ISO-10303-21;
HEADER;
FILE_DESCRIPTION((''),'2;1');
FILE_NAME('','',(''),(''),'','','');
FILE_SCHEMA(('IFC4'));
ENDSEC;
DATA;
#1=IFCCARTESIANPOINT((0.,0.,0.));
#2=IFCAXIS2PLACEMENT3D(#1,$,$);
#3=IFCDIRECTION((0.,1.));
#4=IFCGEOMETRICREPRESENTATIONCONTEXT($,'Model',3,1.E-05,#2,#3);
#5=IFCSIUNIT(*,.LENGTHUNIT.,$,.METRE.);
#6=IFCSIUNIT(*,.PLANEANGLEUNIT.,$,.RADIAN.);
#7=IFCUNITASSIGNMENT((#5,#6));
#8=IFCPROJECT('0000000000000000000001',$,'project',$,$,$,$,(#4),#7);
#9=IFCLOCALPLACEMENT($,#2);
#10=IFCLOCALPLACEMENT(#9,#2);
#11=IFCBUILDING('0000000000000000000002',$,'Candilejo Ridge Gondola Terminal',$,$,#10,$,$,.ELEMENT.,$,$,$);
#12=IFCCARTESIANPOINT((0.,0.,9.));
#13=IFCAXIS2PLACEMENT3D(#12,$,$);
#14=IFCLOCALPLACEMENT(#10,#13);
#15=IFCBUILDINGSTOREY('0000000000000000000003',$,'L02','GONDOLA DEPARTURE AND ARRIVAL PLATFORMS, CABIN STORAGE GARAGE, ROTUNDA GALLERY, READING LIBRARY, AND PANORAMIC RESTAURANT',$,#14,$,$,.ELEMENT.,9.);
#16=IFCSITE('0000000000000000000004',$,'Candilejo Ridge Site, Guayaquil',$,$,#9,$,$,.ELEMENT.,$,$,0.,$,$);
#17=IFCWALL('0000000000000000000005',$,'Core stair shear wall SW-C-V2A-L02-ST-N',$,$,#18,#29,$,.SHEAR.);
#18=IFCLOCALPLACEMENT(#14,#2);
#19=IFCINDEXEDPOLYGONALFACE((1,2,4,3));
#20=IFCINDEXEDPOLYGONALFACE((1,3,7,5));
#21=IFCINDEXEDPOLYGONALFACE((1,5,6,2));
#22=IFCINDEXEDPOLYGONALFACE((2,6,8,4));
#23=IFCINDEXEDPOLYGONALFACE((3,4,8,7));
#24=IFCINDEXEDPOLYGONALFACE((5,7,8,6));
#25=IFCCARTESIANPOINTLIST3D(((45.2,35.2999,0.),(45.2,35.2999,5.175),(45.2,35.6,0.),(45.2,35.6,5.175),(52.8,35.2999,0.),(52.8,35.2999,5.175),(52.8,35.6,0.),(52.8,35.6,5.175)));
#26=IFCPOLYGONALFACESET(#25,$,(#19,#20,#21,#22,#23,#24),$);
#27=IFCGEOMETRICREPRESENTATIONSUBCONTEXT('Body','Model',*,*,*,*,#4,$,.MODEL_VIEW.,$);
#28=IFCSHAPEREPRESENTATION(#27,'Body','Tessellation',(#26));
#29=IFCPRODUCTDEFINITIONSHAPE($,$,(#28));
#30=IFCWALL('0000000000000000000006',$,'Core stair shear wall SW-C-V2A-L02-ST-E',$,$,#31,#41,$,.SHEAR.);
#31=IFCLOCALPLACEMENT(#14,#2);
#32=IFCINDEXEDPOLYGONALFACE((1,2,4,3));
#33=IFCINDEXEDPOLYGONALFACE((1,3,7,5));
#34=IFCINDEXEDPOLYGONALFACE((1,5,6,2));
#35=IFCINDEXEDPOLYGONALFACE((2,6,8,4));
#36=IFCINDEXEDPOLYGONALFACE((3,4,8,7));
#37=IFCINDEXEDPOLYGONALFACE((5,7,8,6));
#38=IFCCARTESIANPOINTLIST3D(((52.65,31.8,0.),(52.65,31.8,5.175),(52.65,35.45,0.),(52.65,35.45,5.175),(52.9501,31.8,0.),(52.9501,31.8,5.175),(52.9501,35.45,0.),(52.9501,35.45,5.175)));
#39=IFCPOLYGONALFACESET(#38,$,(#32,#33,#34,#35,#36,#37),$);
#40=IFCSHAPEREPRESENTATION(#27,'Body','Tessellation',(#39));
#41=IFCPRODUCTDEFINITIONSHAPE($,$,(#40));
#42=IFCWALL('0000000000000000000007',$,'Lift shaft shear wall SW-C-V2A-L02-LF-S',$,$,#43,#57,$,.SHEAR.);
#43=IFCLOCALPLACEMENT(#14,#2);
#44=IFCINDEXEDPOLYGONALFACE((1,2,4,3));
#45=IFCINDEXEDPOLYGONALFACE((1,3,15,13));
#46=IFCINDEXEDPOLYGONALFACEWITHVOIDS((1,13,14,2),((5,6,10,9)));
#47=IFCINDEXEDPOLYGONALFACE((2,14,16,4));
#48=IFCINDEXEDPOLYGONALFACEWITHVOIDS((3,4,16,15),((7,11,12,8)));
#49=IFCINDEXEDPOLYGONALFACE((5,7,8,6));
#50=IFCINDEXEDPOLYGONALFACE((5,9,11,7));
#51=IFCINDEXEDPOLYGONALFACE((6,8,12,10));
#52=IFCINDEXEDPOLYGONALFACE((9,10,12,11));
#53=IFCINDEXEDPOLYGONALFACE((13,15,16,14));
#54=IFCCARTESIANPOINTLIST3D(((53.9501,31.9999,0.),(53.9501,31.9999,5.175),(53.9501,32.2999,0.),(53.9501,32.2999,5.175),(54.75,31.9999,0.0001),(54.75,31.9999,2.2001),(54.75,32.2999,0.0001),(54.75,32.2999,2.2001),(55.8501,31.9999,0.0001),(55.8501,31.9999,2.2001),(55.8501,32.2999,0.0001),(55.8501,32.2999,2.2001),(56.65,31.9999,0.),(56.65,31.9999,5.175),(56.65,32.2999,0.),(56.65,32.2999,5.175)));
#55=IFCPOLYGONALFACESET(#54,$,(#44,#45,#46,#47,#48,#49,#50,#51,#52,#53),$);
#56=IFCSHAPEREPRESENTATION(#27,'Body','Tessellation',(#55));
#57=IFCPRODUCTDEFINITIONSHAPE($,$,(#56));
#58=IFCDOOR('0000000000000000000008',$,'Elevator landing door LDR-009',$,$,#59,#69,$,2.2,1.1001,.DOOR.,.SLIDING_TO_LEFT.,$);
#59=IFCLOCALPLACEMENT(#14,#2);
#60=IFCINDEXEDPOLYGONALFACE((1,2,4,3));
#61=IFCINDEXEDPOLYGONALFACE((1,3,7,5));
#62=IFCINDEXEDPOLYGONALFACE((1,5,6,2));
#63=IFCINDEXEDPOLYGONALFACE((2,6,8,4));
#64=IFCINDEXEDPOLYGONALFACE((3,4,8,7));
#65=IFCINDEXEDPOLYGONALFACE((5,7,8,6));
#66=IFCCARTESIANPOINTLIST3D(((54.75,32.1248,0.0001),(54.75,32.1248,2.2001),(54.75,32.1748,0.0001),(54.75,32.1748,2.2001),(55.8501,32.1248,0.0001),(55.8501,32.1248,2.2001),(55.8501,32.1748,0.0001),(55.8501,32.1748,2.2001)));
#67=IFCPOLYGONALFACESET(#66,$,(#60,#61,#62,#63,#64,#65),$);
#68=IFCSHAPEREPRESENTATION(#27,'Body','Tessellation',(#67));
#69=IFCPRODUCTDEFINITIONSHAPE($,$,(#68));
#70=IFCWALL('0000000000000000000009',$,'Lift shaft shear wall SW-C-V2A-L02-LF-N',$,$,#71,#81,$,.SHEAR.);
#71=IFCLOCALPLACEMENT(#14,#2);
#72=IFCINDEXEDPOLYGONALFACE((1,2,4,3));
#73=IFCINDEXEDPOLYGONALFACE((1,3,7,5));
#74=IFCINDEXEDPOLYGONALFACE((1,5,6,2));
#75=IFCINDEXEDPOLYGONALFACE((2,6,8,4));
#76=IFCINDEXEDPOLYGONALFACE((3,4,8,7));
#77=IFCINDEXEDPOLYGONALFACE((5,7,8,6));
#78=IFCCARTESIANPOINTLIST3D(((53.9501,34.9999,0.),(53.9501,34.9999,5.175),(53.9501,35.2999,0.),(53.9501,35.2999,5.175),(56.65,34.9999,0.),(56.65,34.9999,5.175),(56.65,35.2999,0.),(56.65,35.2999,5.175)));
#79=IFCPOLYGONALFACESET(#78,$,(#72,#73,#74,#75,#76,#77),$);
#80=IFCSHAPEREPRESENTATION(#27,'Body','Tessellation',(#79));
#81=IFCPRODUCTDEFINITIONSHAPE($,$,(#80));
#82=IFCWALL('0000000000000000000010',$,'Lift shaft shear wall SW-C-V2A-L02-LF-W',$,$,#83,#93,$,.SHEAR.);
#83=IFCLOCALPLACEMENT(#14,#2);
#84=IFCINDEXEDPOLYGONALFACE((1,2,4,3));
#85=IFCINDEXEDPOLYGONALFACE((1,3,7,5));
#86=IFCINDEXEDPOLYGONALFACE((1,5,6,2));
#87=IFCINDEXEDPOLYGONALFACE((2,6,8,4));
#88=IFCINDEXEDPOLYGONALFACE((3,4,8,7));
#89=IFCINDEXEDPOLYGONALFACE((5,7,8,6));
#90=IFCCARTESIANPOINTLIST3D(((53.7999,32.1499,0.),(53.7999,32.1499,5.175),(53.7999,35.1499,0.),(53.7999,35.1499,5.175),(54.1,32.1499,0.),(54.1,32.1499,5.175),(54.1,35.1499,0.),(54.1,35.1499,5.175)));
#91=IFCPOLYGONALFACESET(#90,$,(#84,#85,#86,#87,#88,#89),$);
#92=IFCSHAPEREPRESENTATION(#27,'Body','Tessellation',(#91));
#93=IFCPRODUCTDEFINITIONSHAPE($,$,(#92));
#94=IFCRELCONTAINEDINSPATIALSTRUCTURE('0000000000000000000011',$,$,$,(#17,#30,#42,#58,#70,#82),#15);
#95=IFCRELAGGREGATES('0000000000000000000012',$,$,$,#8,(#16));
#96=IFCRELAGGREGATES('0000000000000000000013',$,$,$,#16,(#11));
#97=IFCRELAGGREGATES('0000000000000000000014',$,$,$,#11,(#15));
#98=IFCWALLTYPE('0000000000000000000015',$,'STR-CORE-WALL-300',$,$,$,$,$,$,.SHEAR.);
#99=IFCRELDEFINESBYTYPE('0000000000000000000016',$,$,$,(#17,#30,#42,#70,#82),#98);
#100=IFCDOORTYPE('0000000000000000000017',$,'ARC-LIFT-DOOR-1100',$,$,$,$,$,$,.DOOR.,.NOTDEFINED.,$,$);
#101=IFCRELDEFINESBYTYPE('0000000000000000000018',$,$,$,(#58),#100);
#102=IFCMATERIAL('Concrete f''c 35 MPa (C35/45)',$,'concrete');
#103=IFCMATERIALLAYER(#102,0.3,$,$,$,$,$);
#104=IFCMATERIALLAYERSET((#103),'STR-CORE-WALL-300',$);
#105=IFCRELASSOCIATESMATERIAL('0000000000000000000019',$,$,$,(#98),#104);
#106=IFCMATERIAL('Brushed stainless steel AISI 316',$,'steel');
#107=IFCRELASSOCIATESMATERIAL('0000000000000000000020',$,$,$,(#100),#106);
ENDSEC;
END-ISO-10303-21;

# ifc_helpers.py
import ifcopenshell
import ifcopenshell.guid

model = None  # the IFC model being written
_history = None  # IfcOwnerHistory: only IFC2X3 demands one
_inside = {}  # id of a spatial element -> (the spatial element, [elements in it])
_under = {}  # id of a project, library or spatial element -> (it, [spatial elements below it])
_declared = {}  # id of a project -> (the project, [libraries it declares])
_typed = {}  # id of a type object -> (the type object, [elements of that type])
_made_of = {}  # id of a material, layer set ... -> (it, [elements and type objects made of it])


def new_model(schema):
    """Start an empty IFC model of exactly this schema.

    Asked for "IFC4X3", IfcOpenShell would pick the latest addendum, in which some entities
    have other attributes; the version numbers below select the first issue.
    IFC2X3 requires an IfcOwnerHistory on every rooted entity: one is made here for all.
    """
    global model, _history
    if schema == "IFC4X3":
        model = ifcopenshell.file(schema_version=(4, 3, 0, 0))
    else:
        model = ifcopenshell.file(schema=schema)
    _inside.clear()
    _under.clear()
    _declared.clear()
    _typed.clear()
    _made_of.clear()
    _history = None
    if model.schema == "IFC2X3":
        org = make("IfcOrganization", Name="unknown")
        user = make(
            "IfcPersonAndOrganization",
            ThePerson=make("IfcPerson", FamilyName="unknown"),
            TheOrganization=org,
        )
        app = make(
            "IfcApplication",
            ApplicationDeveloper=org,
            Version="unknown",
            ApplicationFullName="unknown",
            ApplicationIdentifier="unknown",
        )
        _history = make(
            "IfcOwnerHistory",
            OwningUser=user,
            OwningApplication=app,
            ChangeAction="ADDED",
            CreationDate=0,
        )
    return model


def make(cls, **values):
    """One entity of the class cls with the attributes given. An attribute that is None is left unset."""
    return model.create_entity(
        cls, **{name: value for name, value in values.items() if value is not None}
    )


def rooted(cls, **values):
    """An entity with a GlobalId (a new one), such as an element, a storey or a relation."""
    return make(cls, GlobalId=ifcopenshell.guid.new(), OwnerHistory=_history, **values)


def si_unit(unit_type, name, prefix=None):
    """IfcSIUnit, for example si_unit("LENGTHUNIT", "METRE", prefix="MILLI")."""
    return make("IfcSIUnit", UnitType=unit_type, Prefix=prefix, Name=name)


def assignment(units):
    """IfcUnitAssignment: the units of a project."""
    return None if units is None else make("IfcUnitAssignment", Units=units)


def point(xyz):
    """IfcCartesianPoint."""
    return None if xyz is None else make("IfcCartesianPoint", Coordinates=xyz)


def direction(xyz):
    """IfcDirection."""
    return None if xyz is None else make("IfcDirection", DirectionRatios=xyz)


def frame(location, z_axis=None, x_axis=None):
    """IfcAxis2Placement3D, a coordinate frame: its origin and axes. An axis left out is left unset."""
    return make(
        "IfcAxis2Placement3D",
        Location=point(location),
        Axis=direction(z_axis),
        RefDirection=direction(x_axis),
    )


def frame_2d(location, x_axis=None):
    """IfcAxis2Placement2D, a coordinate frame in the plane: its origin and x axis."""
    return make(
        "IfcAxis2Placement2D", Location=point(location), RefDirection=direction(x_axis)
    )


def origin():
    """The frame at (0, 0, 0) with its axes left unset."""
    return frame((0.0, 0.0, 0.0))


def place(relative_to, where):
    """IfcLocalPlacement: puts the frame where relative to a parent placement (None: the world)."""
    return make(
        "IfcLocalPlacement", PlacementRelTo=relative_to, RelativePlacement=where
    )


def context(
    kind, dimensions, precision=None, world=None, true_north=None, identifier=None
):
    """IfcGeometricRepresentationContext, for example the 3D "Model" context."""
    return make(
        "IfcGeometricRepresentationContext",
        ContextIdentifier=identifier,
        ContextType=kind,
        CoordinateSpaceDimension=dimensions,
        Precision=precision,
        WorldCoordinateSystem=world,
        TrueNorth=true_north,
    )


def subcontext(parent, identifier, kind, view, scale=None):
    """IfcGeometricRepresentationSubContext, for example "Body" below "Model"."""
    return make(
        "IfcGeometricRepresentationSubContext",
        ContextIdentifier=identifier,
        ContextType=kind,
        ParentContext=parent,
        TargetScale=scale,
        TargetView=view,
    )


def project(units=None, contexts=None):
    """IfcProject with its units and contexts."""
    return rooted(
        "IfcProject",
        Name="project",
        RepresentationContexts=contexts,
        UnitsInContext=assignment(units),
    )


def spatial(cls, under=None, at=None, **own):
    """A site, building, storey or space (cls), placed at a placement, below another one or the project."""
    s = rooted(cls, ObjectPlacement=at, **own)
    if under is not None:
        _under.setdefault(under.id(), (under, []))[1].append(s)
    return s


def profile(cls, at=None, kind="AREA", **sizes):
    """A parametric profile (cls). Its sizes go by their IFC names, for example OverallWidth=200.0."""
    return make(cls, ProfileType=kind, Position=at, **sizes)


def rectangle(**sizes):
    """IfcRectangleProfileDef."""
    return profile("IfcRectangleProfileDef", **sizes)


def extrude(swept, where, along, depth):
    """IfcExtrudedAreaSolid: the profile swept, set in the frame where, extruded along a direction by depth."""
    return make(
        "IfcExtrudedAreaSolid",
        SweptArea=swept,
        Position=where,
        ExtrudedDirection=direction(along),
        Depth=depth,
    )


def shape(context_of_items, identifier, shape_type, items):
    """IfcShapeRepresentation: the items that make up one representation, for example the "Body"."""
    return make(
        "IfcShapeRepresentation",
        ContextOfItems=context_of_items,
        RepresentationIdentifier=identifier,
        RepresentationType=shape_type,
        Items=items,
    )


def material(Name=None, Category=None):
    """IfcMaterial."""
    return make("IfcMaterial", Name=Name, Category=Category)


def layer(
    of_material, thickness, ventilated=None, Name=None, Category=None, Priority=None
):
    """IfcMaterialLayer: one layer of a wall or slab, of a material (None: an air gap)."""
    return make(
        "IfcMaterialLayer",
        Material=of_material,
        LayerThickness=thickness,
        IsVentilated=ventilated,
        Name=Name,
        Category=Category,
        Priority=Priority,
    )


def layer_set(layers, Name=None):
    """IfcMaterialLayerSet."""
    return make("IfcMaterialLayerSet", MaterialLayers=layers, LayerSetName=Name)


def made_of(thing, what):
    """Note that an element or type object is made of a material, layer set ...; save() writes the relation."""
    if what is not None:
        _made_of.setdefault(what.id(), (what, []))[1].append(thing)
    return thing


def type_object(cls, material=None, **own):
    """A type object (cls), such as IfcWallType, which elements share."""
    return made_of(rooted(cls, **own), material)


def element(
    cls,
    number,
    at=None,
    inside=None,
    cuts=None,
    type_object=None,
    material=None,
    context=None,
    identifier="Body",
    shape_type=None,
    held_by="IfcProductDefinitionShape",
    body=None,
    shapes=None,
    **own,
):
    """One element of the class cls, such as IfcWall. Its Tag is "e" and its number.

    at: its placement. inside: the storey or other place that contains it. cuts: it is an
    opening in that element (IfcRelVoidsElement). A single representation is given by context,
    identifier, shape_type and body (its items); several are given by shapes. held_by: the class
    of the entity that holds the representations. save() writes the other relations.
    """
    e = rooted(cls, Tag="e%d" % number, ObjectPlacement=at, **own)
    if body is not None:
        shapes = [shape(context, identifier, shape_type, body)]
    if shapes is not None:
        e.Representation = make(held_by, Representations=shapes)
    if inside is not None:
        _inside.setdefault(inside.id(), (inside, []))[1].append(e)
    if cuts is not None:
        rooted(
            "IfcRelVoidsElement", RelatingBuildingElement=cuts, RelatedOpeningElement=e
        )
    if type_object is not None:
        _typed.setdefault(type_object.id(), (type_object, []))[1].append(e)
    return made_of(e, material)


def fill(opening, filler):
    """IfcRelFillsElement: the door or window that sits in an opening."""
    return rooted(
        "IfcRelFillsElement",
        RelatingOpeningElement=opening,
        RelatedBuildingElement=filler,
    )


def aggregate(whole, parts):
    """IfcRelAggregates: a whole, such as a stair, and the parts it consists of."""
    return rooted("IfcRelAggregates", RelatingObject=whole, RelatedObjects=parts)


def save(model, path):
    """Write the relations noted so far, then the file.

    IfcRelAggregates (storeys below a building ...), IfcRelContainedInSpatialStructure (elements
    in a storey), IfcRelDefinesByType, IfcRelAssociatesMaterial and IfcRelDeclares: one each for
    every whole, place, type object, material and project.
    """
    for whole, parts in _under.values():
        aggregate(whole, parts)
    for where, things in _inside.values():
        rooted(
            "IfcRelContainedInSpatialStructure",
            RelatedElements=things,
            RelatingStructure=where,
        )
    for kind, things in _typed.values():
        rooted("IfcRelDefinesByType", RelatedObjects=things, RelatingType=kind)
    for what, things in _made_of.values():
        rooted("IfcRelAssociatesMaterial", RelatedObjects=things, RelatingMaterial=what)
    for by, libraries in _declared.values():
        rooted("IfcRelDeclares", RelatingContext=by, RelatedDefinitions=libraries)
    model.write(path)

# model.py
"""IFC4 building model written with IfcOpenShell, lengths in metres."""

from ifc_helpers import new_model, si_unit, direction, frame, frame_2d, origin, place, context, subcontext, project, spatial, rectangle, extrude, material, layer, layer_set, type_object, element, fill, save


model = new_model("IFC4")

# Units and contexts
model_context = context("Model", 3, precision=1e-05, world=origin(), true_north=direction((0.0, 1.0)))
body_context = subcontext(model_context, "Body", "Model", "MODEL_VIEW")
ifc_project = project(units=[si_unit("LENGTHUNIT", "METRE"), si_unit("PLANEANGLEUNIT", "RADIAN")], contexts=[model_context])

# Site, building, storey
site_placement = place(None, origin())
site = spatial("IfcSite", under=ifc_project, at=site_placement, Name="Candilejo Ridge Site, Guayaquil", CompositionType="ELEMENT", RefElevation=0.0)
building_placement = place(site_placement, origin())
building = spatial("IfcBuilding", under=site, at=building_placement, Name="Candilejo Ridge Gondola Terminal", CompositionType="ELEMENT")
storey_placement = place(building_placement, frame((0.0, 0.0, 9.0)))
storey = spatial("IfcBuildingStorey", under=building, at=storey_placement, Name="L02", Description="GONDOLA DEPARTURE AND ARRIVAL PLATFORMS, CABIN STORAGE GARAGE, ROTUNDA GALLERY, READING LIBRARY, AND PANORAMIC RESTAURANT", CompositionType="ELEMENT", Elevation=9.0)

# Walls
ifc_material_1 = material(Name="Concrete f'c 35 MPa (C35/45)", Category="concrete")
ifc_layer_1 = layer(ifc_material_1, 0.3)
ifc_layer_set_1 = layer_set([ifc_layer_1], Name="STR-CORE-WALL-300")
wall_type = type_object("IfcWallType", Name="STR-CORE-WALL-300", PredefinedType="SHEAR", material=ifc_layer_set_1)
wall_1_placement = place(storey_placement, frame((52.8, 35.45, 0.0), z_axis=(0.0, 0.0, 1.0), x_axis=(-1.0, 0.0, 0.0)))
element("IfcWall", 1, at=wall_1_placement, inside=storey, type_object=wall_type, Name="Core stair shear wall SW-C-V2A-L02-ST-N", PredefinedType="SHEAR", context=body_context, shape_type="SweptSolid", body=[
    extrude(rectangle(XDim=7.6001, YDim=0.3, at=frame_2d((3.8, 0.0))), origin(), (0.0, 0.0, 1.0), 5.175),
])
wall_2_placement = place(storey_placement, frame((52.8, 31.8, 0.0), z_axis=(0.0, 0.0, 1.0), x_axis=(0.0, 1.0, 0.0)))
element("IfcWall", 2, at=wall_2_placement, inside=storey, type_object=wall_type, Name="Core stair shear wall SW-C-V2A-L02-ST-E", PredefinedType="SHEAR", context=body_context, shape_type="SweptSolid", body=[
    extrude(rectangle(XDim=3.6499, YDim=0.3, at=frame_2d((1.825, 0.0))), origin(), (0.0, 0.0, 1.0), 5.175),
])

# Wall, opening, door
wall_3_placement = place(storey_placement, frame((53.95, 32.1499, 0.0), z_axis=(0.0, 0.0, 1.0), x_axis=(1.0, 0.0, 0.0)))
wall_3 = element("IfcWall", 3, at=wall_3_placement, inside=storey, type_object=wall_type, Name="Lift shaft shear wall SW-C-V2A-L02-LF-S", PredefinedType="SHEAR", context=body_context, shape_type="SweptSolid", body=[
    extrude(rectangle(XDim=2.7, YDim=0.3, at=frame_2d((1.3501, 0.0))), origin(), (0.0, 0.0, 1.0), 5.175),
])
opening_placement = place(wall_3_placement, frame((0.8, 0.0, 0.0)))
opening = element("IfcOpeningElement", 4, at=opening_placement, cuts=wall_3, PredefinedType="OPENING", context=body_context, shape_type="SweptSolid", body=[
    extrude(rectangle(XDim=1.1001, YDim=2.2, at=frame_2d((0.55, 1.1001))), frame((0.0, 0.1599, 0.0), z_axis=(0.0, -1.0, 0.0), x_axis=(1.0, 0.0, 0.0)), (0.0, 0.0, 1.0), 0.3201),
])
ifc_material_2 = material(Name="Brushed stainless steel AISI 316", Category="steel")
door_type = type_object("IfcDoorType", Name="ARC-LIFT-DOOR-1100", OperationType="NOTDEFINED", PredefinedType="DOOR", material=ifc_material_2)
door_placement = place(opening_placement, origin())
door = element("IfcDoor", 5, at=door_placement, inside=storey, type_object=door_type, Name="Elevator landing door LDR-009", OperationType="SLIDING_TO_LEFT", OverallHeight=2.2, OverallWidth=1.1001, PredefinedType="DOOR", context=body_context, shape_type="SweptSolid", body=[
    extrude(rectangle(XDim=1.1001, YDim=2.2, at=frame_2d((0.55, 1.1001))), frame((0.0, 0.0249, 0.0), z_axis=(0.0, -1.0, 0.0), x_axis=(1.0, 0.0, 0.0)), (0.0, 0.0, 1.0), 0.05),
])
fill(opening, door)

# Walls
wall_4_placement = place(storey_placement, frame((53.95, 35.1499, 0.0), z_axis=(0.0, 0.0, 1.0), x_axis=(1.0, 0.0, 0.0)))
element("IfcWall", 6, at=wall_4_placement, inside=storey, type_object=wall_type, Name="Lift shaft shear wall SW-C-V2A-L02-LF-N", PredefinedType="SHEAR", context=body_context, shape_type="SweptSolid", body=[
    extrude(rectangle(XDim=2.7, YDim=0.3, at=frame_2d((1.3501, 0.0))), origin(), (0.0, 0.0, 1.0), 5.175),
])
wall_5_placement = place(storey_placement, frame((53.95, 32.1499, 0.0), z_axis=(0.0, 0.0, 1.0), x_axis=(0.0, 1.0, 0.0)))
element("IfcWall", 7, at=wall_5_placement, inside=storey, type_object=wall_type, Name="Lift shaft shear wall SW-C-V2A-L02-LF-W", PredefinedType="SHEAR", context=body_context, shape_type="SweptSolid", body=[
    extrude(rectangle(XDim=3.0, YDim=0.3, at=frame_2d((1.5, 0.0))), origin(), (0.0, 0.0, 1.0), 5.175),
])

save(model, "model.ifc")
